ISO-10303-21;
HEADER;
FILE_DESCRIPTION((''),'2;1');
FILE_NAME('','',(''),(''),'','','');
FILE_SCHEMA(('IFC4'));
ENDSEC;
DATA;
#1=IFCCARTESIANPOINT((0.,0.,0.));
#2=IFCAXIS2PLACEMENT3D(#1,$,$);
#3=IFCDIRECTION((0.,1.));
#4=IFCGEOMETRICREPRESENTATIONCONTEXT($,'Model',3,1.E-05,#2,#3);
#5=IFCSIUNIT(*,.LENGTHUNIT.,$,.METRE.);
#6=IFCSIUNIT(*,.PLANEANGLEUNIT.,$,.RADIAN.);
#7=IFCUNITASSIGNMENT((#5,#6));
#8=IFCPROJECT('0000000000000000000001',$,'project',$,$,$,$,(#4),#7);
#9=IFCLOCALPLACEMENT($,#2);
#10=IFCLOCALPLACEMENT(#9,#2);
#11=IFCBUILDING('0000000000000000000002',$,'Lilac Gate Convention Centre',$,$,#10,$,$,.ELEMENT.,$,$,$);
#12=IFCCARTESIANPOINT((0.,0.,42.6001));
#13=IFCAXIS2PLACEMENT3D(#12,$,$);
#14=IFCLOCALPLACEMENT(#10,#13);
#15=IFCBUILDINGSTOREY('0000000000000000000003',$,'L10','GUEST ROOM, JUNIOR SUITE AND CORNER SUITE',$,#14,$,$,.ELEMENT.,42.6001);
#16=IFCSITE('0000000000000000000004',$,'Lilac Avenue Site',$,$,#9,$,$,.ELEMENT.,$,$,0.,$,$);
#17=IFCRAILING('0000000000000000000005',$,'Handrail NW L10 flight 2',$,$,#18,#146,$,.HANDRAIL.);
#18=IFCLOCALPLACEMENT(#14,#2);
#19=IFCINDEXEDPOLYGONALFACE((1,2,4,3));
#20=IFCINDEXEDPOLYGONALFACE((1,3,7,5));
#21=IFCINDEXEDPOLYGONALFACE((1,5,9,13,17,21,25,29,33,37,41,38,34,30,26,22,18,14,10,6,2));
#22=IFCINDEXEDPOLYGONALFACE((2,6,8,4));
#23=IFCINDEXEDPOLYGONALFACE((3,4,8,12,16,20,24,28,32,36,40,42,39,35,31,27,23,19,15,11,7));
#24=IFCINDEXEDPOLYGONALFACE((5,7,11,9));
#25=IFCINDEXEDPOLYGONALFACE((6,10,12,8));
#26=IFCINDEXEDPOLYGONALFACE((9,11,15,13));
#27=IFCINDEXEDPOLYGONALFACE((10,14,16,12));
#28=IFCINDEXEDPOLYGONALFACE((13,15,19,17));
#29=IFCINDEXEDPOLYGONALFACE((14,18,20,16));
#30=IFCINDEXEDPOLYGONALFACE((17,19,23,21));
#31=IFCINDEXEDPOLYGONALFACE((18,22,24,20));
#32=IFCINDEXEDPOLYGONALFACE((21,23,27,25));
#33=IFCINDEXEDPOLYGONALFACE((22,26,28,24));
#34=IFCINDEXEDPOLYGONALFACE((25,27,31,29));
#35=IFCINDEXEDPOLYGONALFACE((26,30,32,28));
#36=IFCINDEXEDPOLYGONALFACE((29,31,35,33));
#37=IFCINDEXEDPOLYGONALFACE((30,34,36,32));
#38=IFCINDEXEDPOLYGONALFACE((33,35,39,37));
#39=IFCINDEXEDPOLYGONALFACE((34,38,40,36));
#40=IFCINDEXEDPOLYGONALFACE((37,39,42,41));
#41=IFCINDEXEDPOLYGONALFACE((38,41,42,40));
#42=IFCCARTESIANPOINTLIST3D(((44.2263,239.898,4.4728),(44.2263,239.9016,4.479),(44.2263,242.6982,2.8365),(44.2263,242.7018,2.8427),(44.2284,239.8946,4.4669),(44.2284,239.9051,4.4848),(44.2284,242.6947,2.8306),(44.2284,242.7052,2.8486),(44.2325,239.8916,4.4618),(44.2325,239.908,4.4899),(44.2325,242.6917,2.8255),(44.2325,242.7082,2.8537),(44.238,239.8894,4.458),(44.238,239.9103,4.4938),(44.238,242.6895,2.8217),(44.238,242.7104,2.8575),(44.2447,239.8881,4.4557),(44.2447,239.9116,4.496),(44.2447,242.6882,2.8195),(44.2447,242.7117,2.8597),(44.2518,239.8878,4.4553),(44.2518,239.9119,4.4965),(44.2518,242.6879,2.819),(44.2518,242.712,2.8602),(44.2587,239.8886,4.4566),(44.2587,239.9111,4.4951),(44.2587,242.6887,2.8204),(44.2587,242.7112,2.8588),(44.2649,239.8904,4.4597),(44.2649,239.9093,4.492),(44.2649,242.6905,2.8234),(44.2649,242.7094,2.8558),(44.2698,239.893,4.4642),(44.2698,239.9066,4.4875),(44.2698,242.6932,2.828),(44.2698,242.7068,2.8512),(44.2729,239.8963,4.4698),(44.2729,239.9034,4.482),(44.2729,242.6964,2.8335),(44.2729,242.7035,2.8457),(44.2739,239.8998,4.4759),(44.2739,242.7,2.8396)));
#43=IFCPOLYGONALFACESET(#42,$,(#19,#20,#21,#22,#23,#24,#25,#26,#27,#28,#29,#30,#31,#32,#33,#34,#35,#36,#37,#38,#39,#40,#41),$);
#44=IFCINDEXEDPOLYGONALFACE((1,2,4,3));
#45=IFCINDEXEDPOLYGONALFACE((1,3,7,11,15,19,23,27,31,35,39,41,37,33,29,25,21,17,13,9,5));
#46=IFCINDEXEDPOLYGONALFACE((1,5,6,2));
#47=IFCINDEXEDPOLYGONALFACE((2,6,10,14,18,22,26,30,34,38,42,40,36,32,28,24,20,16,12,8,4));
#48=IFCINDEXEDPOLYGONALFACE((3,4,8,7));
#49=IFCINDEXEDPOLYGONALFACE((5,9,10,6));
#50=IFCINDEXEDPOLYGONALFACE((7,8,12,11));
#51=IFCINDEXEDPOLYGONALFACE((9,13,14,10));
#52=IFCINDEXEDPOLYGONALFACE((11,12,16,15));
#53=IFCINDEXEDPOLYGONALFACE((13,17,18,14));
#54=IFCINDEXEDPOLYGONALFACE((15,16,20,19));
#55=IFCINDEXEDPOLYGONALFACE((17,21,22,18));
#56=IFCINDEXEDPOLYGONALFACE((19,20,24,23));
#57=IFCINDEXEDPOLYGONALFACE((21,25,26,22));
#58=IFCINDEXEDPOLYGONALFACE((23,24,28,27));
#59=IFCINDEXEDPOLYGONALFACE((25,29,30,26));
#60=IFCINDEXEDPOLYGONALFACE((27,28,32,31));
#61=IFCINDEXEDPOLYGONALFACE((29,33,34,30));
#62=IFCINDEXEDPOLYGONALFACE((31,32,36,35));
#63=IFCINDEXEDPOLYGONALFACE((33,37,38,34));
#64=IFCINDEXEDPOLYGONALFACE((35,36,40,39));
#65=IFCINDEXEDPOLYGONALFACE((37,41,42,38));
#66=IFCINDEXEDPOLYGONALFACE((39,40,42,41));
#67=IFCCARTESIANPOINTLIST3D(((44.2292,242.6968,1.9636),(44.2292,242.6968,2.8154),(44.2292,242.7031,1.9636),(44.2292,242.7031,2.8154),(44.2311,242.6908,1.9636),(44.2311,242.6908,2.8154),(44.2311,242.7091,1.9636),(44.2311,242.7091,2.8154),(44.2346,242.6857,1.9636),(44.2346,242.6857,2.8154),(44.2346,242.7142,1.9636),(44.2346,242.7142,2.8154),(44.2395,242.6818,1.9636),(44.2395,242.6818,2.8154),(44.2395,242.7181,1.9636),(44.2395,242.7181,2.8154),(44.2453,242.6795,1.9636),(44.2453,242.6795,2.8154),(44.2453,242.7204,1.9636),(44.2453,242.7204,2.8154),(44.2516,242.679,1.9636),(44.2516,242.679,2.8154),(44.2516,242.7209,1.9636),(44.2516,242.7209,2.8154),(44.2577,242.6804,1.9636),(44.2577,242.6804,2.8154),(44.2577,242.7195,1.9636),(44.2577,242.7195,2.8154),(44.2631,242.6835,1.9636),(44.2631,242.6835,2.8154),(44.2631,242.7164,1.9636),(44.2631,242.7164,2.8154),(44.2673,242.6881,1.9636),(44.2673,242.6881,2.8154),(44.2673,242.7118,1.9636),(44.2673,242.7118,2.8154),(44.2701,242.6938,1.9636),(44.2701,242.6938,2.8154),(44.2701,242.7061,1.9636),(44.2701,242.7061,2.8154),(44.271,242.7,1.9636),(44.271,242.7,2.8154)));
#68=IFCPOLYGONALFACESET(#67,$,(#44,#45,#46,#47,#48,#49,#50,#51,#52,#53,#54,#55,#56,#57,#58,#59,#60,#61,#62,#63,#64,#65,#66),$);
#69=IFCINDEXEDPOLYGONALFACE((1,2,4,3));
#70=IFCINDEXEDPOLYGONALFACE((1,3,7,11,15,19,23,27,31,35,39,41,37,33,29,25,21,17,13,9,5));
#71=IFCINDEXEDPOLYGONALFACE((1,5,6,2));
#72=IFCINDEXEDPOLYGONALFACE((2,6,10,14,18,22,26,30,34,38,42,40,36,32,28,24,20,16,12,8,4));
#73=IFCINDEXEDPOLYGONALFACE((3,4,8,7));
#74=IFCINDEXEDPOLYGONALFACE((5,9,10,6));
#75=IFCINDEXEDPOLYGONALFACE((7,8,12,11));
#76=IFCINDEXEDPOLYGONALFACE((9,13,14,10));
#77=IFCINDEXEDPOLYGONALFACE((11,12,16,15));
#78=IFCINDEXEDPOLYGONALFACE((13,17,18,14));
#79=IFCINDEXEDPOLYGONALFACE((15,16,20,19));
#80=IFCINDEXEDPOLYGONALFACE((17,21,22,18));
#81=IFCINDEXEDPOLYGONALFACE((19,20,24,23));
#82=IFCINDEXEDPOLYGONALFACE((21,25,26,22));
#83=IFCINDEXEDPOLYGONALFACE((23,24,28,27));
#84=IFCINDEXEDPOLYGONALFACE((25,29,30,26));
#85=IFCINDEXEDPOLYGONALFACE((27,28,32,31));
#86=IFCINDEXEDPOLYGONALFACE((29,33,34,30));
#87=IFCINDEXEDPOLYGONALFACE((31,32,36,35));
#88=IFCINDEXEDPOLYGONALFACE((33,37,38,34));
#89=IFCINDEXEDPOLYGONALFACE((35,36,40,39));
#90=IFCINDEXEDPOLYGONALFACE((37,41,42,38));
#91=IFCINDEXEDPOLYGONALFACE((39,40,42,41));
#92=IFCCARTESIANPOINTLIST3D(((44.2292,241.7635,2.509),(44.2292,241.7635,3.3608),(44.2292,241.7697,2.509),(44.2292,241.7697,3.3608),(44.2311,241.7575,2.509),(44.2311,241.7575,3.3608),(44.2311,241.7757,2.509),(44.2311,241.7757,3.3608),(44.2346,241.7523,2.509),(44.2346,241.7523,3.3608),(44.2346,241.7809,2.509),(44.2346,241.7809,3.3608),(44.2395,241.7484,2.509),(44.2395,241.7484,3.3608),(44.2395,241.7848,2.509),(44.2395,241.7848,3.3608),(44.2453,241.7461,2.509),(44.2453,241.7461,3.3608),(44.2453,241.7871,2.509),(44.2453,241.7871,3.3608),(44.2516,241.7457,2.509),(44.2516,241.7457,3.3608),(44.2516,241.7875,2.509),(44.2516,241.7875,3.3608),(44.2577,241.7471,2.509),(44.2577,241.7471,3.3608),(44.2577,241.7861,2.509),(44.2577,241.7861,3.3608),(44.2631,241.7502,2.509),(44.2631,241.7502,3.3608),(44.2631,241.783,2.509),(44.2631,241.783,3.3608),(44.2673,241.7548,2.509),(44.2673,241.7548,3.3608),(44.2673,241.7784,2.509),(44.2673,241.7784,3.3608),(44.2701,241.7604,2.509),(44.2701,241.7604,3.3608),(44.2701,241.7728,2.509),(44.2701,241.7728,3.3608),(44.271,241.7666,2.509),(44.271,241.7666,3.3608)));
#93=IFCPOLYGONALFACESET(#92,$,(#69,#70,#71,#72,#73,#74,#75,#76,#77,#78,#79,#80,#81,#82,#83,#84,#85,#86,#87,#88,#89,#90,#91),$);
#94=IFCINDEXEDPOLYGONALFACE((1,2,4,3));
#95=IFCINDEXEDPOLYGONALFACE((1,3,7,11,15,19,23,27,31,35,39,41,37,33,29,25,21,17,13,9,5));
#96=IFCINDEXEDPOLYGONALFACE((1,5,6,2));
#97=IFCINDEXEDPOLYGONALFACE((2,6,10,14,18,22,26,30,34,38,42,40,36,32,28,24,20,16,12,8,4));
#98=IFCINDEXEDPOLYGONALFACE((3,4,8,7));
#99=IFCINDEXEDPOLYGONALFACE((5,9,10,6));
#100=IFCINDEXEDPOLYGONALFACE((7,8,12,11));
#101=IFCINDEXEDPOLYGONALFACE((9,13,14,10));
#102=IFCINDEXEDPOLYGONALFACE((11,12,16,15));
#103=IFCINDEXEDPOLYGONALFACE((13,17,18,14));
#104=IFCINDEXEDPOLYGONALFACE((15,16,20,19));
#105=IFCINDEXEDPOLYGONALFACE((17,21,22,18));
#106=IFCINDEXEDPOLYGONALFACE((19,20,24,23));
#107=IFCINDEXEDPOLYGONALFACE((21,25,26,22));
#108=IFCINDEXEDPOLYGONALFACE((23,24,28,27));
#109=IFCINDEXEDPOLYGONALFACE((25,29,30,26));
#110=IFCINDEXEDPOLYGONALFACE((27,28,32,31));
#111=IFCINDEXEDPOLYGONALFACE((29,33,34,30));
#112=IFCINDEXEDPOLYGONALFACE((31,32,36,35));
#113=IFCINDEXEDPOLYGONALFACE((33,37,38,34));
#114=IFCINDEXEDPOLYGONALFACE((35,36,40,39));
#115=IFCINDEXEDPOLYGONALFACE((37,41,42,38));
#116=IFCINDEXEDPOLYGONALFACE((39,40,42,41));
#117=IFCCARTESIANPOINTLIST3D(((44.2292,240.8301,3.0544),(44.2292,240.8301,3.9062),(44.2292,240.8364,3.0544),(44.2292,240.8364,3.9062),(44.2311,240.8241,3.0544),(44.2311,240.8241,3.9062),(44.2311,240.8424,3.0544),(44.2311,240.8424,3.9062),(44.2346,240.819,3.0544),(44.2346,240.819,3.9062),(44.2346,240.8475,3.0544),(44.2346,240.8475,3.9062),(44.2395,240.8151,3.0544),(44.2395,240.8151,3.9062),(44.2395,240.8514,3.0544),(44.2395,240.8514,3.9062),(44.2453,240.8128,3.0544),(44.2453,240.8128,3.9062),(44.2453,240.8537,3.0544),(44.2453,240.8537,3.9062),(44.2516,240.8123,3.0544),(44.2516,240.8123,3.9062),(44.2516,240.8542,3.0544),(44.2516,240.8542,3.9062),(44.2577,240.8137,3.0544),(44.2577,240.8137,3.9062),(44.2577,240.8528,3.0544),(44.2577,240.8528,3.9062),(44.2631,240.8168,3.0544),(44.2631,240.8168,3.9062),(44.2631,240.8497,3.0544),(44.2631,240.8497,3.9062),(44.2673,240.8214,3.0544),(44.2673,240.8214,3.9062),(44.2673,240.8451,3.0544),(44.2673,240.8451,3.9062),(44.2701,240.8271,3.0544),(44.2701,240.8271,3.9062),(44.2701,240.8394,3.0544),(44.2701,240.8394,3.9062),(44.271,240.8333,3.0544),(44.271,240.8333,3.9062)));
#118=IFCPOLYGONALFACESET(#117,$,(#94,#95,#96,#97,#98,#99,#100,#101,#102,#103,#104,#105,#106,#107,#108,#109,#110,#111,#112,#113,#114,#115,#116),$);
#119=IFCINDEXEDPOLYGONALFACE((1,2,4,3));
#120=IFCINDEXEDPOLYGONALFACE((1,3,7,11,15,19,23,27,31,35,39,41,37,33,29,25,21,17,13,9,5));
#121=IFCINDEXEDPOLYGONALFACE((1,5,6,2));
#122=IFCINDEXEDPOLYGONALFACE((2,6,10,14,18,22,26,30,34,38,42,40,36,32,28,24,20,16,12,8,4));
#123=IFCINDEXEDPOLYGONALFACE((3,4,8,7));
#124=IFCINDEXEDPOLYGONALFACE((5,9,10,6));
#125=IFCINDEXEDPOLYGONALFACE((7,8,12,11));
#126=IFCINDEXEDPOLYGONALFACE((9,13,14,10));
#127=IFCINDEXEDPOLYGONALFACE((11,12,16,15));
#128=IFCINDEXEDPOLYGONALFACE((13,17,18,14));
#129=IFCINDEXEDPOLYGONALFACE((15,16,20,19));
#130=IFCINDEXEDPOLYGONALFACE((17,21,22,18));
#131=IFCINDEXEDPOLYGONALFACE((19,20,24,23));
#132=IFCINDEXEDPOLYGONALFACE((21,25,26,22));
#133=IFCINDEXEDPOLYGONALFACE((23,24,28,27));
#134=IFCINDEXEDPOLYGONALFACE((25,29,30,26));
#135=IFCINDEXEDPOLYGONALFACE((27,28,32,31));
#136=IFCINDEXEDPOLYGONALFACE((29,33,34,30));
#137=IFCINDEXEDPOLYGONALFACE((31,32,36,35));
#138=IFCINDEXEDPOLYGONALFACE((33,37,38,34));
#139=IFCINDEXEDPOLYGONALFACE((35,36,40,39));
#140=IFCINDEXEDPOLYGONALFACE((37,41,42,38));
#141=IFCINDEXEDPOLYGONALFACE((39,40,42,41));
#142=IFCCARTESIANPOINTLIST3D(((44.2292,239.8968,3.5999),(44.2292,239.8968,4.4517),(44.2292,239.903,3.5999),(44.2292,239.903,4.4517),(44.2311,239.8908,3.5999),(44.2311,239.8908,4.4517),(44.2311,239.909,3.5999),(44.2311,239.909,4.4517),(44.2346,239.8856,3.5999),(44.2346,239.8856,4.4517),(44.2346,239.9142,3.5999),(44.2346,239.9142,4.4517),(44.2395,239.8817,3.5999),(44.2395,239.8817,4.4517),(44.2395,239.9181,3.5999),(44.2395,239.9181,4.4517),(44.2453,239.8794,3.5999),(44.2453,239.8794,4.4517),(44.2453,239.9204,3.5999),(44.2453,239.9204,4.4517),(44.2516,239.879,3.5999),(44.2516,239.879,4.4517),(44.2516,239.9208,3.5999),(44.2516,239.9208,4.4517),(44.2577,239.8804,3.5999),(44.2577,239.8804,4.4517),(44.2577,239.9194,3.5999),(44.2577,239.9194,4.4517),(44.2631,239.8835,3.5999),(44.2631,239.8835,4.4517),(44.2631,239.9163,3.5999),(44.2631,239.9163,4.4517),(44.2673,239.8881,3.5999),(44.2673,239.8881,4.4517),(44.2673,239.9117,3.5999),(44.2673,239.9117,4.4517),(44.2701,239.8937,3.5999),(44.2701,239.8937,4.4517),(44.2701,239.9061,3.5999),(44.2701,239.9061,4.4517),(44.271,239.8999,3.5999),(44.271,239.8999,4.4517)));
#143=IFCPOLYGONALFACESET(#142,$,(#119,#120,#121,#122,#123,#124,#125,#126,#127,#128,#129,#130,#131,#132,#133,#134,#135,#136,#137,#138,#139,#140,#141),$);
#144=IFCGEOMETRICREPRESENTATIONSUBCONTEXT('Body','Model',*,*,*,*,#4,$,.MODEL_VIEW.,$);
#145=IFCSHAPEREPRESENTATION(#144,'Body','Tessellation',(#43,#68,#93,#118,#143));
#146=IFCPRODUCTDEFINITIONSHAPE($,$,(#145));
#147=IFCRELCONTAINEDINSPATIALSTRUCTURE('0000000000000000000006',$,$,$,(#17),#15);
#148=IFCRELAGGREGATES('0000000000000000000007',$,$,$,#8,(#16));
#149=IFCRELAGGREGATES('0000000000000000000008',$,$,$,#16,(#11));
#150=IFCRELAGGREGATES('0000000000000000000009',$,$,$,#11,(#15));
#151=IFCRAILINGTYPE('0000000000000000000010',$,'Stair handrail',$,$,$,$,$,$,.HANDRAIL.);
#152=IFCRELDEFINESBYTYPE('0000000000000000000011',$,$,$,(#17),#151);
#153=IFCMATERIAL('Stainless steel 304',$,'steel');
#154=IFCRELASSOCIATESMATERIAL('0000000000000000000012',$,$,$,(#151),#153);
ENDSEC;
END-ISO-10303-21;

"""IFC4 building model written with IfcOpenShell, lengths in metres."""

from ifc_helpers import new_model, si_unit, direction, frame, origin, origin_2d, place, context, subcontext, project, spatial, circle, extrude, material, type_object, element, save


model = new_model("IFC4")

# Units and contexts
model_context = context("Model", 3, precision=1e-05, world=origin(), true_north=direction((0.0, 1.0)))
body_context = subcontext(model_context, "Body", "Model", "MODEL_VIEW")
ifc_project = project(units=[si_unit("LENGTHUNIT", "METRE"), si_unit("PLANEANGLEUNIT", "RADIAN")], contexts=[model_context])

# Site, building, storey
site_placement = place(None, origin())
site = spatial("IfcSite", under=ifc_project, at=site_placement, Name="Lilac Avenue Site", CompositionType="ELEMENT", RefElevation=0.0)
building_placement = place(site_placement, origin())
building = spatial("IfcBuilding", under=site, at=building_placement, Name="Lilac Gate Convention Centre", CompositionType="ELEMENT")
storey_placement = place(building_placement, frame((0.0, 0.0, 42.6001)))
storey = spatial("IfcBuildingStorey", under=building, at=storey_placement, Name="L10", Description="GUEST ROOM, JUNIOR SUITE AND CORNER SUITE", CompositionType="ELEMENT", Elevation=42.6001)

# Railing
ifc_material_1 = material(Name="Stainless steel 304", Category="steel")
railing_type = type_object("IfcRailingType", Name="Stair handrail", PredefinedType="HANDRAIL", material=ifc_material_1)
for number, where, name in (
    (1, (44.25, 242.7, 1.9636), "Handrail NW L10 flight 2"),
):
    element("IfcRailing", number, at=place(storey_placement, frame(where)), inside=storey, type_object=railing_type, Name=name, PredefinedType="HANDRAIL", context=body_context, shape_type="SweptSolid", body=[
        extrude(circle(Radius=0.0239, at=origin_2d()), frame((0.0, 0.0, 0.876), z_axis=(0.0, -0.863394, 0.504531), x_axis=(1.0, 0.0, 0.0)), (0.0, 0.0, 1.0), 3.2432),
        extrude(circle(Radius=0.021, at=origin_2d()), origin(), (0.0, 0.0, 1.0), 0.8518),
        extrude(circle(Radius=0.021, at=origin_2d()), frame((0.0, -0.9333, 0.5454)), (0.0, 0.0, 1.0), 0.8518),
        extrude(circle(Radius=0.021, at=origin_2d()), frame((0.0, -1.8667, 1.0908)), (0.0, 0.0, 1.0), 0.8518),
        extrude(circle(Radius=0.021, at=origin_2d()), frame((0.0, -2.8, 1.6362)), (0.0, 0.0, 1.0), 0.8518),
    ])

save(model, "model.ifc")
